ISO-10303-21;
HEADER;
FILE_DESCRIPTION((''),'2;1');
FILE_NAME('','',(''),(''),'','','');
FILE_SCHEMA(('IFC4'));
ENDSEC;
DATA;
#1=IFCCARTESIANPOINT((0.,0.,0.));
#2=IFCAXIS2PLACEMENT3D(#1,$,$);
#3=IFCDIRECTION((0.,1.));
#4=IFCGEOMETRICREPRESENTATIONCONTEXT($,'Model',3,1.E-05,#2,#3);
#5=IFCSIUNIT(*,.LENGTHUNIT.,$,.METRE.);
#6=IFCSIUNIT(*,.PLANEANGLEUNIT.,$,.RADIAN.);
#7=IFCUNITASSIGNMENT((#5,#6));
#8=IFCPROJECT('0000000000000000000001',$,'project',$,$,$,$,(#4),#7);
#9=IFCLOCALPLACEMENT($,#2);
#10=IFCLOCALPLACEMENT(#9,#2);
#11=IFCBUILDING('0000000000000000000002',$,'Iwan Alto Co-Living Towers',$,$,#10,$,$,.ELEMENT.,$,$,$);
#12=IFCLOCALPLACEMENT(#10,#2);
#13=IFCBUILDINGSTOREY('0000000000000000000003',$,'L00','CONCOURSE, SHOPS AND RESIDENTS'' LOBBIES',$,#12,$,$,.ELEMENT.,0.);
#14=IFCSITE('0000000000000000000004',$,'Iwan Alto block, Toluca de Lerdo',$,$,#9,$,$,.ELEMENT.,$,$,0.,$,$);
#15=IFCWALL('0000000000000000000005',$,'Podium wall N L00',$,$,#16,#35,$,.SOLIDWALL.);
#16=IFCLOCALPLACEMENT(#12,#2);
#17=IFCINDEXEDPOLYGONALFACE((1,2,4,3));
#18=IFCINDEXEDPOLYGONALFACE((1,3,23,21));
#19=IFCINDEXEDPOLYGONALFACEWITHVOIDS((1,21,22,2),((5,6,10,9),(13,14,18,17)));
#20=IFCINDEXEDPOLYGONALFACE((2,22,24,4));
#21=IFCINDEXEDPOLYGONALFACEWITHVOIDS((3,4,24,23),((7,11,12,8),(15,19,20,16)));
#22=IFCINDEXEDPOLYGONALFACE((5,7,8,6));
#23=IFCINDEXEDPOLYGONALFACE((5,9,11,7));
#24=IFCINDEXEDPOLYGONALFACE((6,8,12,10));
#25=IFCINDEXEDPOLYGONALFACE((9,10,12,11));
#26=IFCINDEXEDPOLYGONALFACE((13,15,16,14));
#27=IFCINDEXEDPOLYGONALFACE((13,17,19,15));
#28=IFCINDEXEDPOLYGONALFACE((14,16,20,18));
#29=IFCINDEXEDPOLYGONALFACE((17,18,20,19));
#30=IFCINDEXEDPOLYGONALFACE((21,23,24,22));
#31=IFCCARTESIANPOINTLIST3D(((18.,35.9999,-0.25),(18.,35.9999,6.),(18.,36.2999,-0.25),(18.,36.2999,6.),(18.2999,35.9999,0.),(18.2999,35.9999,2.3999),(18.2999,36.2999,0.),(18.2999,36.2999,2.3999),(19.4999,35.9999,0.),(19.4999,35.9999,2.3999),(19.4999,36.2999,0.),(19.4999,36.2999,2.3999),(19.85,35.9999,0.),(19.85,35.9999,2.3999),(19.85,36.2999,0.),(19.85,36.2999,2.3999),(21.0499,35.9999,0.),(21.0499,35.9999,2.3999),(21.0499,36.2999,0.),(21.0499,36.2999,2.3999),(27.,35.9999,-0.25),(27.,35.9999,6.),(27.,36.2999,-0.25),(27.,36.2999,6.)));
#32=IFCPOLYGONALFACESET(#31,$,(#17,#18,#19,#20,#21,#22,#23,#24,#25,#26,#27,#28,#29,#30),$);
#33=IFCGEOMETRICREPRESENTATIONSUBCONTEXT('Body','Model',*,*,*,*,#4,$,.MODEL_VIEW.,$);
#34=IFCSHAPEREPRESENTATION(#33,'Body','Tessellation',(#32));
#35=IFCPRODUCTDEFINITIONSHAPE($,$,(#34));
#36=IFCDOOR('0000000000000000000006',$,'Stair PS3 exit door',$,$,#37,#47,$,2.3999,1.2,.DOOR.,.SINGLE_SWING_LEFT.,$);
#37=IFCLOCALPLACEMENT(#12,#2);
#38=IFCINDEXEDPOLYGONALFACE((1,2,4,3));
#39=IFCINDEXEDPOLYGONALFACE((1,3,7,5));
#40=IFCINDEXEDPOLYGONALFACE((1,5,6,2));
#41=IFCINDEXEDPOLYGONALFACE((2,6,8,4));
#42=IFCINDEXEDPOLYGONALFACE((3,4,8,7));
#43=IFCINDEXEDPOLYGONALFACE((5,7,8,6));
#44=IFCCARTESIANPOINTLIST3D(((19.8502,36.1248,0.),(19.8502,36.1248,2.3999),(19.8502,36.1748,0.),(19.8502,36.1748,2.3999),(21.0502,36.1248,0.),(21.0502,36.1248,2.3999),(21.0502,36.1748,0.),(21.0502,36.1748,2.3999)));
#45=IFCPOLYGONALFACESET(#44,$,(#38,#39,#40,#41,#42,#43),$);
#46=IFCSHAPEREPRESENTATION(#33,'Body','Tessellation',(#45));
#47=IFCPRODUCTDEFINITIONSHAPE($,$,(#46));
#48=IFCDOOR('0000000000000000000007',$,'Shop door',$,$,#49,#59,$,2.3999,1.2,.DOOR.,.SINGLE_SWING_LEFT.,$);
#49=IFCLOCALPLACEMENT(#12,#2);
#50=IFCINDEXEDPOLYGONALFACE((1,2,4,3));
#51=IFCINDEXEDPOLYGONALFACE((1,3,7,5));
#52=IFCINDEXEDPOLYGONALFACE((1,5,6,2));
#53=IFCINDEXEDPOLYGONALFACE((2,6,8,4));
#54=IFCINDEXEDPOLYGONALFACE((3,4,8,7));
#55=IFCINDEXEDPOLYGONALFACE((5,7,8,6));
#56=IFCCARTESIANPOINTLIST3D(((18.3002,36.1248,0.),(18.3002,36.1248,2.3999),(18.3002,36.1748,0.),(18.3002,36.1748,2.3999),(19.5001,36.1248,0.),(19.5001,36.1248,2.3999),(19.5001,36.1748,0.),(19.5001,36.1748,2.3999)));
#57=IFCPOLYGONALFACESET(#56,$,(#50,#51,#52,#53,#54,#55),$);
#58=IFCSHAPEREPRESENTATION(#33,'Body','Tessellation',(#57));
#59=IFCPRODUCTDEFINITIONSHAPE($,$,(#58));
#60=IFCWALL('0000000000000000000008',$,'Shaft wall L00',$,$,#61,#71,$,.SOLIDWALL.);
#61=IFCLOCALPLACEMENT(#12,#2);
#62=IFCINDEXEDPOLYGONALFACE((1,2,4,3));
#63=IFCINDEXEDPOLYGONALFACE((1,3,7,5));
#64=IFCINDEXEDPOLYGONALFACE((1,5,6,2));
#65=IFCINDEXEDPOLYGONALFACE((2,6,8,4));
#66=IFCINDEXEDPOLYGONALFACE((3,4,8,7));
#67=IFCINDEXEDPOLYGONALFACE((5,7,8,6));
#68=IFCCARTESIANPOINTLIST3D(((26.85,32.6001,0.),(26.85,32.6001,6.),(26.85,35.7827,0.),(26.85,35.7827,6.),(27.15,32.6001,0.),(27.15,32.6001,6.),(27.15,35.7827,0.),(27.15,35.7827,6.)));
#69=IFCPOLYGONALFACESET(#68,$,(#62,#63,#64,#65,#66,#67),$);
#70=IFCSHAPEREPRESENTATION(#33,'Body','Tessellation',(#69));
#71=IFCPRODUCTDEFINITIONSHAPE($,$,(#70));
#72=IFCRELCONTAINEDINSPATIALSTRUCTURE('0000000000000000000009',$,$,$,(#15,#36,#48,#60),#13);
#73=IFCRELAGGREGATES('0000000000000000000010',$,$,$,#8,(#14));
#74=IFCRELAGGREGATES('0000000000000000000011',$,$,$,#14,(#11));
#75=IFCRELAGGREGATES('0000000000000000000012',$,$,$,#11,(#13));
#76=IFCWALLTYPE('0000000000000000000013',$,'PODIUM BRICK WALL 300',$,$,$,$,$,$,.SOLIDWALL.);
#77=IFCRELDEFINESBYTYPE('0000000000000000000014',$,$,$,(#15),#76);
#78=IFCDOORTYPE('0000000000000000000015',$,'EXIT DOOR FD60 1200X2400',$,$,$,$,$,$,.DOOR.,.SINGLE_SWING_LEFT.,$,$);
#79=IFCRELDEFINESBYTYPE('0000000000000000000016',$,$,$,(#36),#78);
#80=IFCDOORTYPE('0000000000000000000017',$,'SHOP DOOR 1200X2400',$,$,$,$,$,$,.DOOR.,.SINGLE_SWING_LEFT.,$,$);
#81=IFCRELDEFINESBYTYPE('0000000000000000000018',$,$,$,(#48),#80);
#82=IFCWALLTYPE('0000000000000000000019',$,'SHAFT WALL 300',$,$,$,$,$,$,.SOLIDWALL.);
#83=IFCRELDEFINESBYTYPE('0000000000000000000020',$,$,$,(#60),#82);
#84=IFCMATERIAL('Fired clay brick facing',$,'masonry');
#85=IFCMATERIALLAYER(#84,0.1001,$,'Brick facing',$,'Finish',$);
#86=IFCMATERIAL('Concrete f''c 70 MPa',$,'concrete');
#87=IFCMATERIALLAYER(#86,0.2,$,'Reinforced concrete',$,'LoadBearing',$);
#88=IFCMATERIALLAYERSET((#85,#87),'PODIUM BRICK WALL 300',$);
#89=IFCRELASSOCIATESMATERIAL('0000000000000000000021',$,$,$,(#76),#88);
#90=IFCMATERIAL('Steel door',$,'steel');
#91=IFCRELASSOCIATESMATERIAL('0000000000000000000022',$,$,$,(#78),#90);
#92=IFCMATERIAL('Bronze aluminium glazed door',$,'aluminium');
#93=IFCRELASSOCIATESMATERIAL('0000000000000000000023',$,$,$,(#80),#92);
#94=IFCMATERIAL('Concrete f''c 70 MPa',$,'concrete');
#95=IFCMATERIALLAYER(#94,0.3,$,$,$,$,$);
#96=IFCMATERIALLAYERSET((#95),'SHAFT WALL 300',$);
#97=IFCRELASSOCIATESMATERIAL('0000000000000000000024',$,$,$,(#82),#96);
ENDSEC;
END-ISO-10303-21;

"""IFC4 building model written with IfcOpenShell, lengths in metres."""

from ifc_helpers import new_model, si_unit, direction, frame, frame_2d, origin, place, context, subcontext, project, spatial, rectangle, extrude, material, layer, layer_set, type_object, element, fill, save


model = new_model("IFC4")

# Units and contexts
model_context = context("Model", 3, precision=1e-05, world=origin(), true_north=direction((0.0, 1.0)))
body_context = subcontext(model_context, "Body", "Model", "MODEL_VIEW")
ifc_project = project(units=[si_unit("LENGTHUNIT", "METRE"), si_unit("PLANEANGLEUNIT", "RADIAN")], contexts=[model_context])

# Site, building, storey
site_placement = place(None, origin())
site = spatial("IfcSite", under=ifc_project, at=site_placement, Name="Iwan Alto block, Toluca de Lerdo", CompositionType="ELEMENT", RefElevation=0.0)
building_placement = place(site_placement, origin())
building = spatial("IfcBuilding", under=site, at=building_placement, Name="Iwan Alto Co-Living Towers", CompositionType="ELEMENT")
storey_placement = place(building_placement, origin())
storey = spatial("IfcBuildingStorey", under=building, at=storey_placement, Name="L00", Description="CONCOURSE, SHOPS AND RESIDENTS' LOBBIES", CompositionType="ELEMENT", Elevation=0.0)

# Shared definitions
ifc_material_1 = material(Name="Fired clay brick facing", Category="masonry")

# Wall, openings, doors
ifc_layer_1 = layer(ifc_material_1, 0.1001, Name="Brick facing", Category="Finish")
ifc_material_2 = material(Name="Concrete f'c 70 MPa", Category="concrete")
ifc_layer_2 = layer(ifc_material_2, 0.2, Name="Reinforced concrete", Category="LoadBearing")
ifc_layer_set_1 = layer_set([ifc_layer_1, ifc_layer_2], Name="PODIUM BRICK WALL 300")
wall_type_1 = type_object("IfcWallType", Name="PODIUM BRICK WALL 300", PredefinedType="SOLIDWALL", material=ifc_layer_set_1)
wall_1_placement = place(storey_placement, frame((27.0, 36.1499, -0.25), z_axis=(0.0, 0.0, 1.0), x_axis=(-1.0, 0.0, 0.0)))
wall_1 = element("IfcWall", 1, at=wall_1_placement, inside=storey, type_object=wall_type_1, Name="Podium wall N L00", PredefinedType="SOLIDWALL", context=body_context, shape_type="SweptSolid", body=[
    extrude(rectangle(XDim=9.0, YDim=0.3, at=frame_2d((4.5, 0.0))), origin(), (0.0, 0.0, 1.0), 6.25),
])
opening_1_placement = place(wall_1_placement, frame((7.5, 0.0, 0.25)))
opening_1 = element("IfcOpeningElement", 2, at=opening_1_placement, cuts=wall_1, PredefinedType="OPENING", context=body_context, shape_type="SweptSolid", body=[
    extrude(rectangle(XDim=1.2, YDim=2.3999, at=frame_2d((0.6001, 1.2))), frame((0.0, 0.1599, 0.0), z_axis=(0.0, -1.0, 0.0), x_axis=(1.0, 0.0, 0.0)), (0.0, 0.0, 1.0), 0.3201),
])
opening_2_placement = place(wall_1_placement, frame((5.95, 0.0, 0.25)))
opening_2 = element("IfcOpeningElement", 3, at=opening_2_placement, cuts=wall_1, PredefinedType="OPENING", context=body_context, shape_type="SweptSolid", body=[
    extrude(rectangle(XDim=1.2, YDim=2.3999, at=frame_2d((0.6001, 1.2))), frame((0.0, 0.1599, 0.0), z_axis=(0.0, -1.0, 0.0), x_axis=(1.0, 0.0, 0.0)), (0.0, 0.0, 1.0), 0.3201),
])
ifc_material_3 = material(Name="Steel door", Category="steel")
door_type_1 = type_object("IfcDoorType", Name="EXIT DOOR FD60 1200X2400", OperationType="SINGLE_SWING_LEFT", PredefinedType="DOOR", material=ifc_material_3)
door_1_placement = place(opening_2_placement, frame((1.2, 0.0, 0.0), z_axis=(0.0, 0.0, 1.0), x_axis=(-1.0, 0.0, 0.0)))
door_1 = element("IfcDoor", 4, at=door_1_placement, inside=storey, type_object=door_type_1, Name="Stair PS3 exit door", OperationType="SINGLE_SWING_LEFT", OverallHeight=2.3999, OverallWidth=1.2, PredefinedType="DOOR", context=body_context, shape_type="SweptSolid", body=[
    extrude(rectangle(XDim=1.2, YDim=2.3999, at=frame_2d((0.6001, 1.2))), frame((0.0, 0.0249, 0.0), z_axis=(0.0, -1.0, 0.0), x_axis=(1.0, 0.0, 0.0)), (0.0, 0.0, 1.0), 0.05),
])
fill(opening_2, door_1)
ifc_material_4 = material(Name="Bronze aluminium glazed door", Category="aluminium")
door_type_2 = type_object("IfcDoorType", Name="SHOP DOOR 1200X2400", OperationType="SINGLE_SWING_LEFT", PredefinedType="DOOR", material=ifc_material_4)
door_2_placement = place(opening_1_placement, frame((1.2, 0.0, 0.0), z_axis=(0.0, 0.0, 1.0), x_axis=(-1.0, 0.0, 0.0)))
door_2 = element("IfcDoor", 5, at=door_2_placement, inside=storey, type_object=door_type_2, Name="Shop door", OperationType="SINGLE_SWING_LEFT", OverallHeight=2.3999, OverallWidth=1.2, PredefinedType="DOOR", context=body_context, shape_type="SweptSolid", body=[
    extrude(rectangle(XDim=1.2, YDim=2.3999, at=frame_2d((0.6001, 1.2))), frame((0.0, 0.0249, 0.0), z_axis=(0.0, -1.0, 0.0), x_axis=(1.0, 0.0, 0.0)), (0.0, 0.0, 1.0), 0.05),
])
fill(opening_1, door_2)

# Wall
ifc_material_5 = material(Name="Concrete f'c 70 MPa", Category="concrete")
ifc_layer_3 = layer(ifc_material_5, 0.3)
ifc_layer_set_2 = layer_set([ifc_layer_3], Name="SHAFT WALL 300")
wall_type_2 = type_object("IfcWallType", Name="SHAFT WALL 300", PredefinedType="SOLIDWALL", material=ifc_layer_set_2)
wall_2_placement = place(storey_placement, frame((27.0, 32.6001, 0.0), z_axis=(0.0, 0.0, 1.0), x_axis=(0.0, 1.0, 0.0)))
element("IfcWall", 6, at=wall_2_placement, inside=storey, type_object=wall_type_2, Name="Shaft wall L00", PredefinedType="SOLIDWALL", context=body_context, shape_type="SweptSolid", body=[
    extrude(rectangle(XDim=3.1826, YDim=0.3, at=frame_2d((1.5913, 0.0))), origin(), (0.0, 0.0, 1.0), 6.0),
])

save(model, "model.ifc")
